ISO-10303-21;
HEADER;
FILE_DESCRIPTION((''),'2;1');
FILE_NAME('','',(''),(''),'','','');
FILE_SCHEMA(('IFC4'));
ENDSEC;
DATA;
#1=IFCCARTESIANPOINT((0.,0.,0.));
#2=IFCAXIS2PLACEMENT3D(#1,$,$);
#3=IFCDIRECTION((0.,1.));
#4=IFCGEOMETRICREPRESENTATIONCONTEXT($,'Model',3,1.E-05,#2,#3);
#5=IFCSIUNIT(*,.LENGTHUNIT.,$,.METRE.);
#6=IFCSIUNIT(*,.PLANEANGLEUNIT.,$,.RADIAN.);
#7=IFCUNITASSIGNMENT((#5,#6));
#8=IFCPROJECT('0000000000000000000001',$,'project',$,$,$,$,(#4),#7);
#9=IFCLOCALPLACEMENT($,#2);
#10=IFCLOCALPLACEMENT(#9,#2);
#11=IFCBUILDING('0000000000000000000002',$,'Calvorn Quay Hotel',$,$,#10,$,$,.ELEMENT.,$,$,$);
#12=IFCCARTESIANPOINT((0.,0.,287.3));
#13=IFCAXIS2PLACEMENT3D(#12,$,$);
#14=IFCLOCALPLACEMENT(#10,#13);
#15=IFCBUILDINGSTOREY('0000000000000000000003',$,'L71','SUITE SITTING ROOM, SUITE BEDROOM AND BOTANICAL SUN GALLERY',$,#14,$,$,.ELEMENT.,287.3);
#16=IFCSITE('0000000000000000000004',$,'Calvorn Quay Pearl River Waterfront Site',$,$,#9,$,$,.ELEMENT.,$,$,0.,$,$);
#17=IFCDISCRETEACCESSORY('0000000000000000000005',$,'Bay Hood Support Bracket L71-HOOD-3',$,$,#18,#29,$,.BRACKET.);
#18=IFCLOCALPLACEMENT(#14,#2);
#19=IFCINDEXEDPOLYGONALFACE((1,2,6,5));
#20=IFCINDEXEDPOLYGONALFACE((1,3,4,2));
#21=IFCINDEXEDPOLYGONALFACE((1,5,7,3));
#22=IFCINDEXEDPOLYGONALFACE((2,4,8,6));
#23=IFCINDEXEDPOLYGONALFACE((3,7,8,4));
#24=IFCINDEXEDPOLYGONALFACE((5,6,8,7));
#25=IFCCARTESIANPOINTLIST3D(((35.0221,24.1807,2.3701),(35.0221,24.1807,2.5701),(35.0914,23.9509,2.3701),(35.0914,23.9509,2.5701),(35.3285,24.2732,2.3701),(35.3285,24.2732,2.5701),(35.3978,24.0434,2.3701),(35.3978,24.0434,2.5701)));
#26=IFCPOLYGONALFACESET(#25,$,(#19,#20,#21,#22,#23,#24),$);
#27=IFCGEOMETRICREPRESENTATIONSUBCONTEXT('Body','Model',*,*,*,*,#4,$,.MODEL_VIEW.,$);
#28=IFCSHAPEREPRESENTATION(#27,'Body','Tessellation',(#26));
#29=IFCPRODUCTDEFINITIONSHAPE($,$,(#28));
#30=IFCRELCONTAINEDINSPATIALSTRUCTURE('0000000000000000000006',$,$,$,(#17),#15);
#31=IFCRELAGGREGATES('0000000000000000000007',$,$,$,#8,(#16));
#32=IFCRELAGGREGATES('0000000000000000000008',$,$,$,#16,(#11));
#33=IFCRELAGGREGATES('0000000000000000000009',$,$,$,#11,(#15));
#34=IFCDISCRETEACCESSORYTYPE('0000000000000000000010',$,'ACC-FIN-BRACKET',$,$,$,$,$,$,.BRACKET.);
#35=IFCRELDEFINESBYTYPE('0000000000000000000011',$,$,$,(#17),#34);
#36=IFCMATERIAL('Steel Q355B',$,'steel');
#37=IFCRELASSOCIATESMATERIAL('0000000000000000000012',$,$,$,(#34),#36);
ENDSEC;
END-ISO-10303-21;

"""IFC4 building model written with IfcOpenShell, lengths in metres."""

from ifc_helpers import new_model, si_unit, direction, frame, origin, origin_2d, place, context, subcontext, project, spatial, rectangle, extrude, material, type_object, element, save


model = new_model("IFC4")

# Units and contexts
model_context = context("Model", 3, precision=1e-05, world=origin(), true_north=direction((0.0, 1.0)))
body_context = subcontext(model_context, "Body", "Model", "MODEL_VIEW")
ifc_project = project(units=[si_unit("LENGTHUNIT", "METRE"), si_unit("PLANEANGLEUNIT", "RADIAN")], contexts=[model_context])

# Site, building, storey
site_placement = place(None, origin())
site = spatial("IfcSite", under=ifc_project, at=site_placement, Name="Calvorn Quay Pearl River Waterfront Site", CompositionType="ELEMENT", RefElevation=0.0)
building_placement = place(site_placement, origin())
building = spatial("IfcBuilding", under=site, at=building_placement, Name="Calvorn Quay Hotel", CompositionType="ELEMENT")
storey_placement = place(building_placement, frame((0.0, 0.0, 287.3)))
storey = spatial("IfcBuildingStorey", under=building, at=storey_placement, Name="L71", Description="SUITE SITTING ROOM, SUITE BEDROOM AND BOTANICAL SUN GALLERY", CompositionType="ELEMENT", Elevation=287.3)

# Discrete accessory
ifc_material_1 = material(Name="Steel Q355B", Category="steel")
discrete_accessory_type = type_object("IfcDiscreteAccessoryType", Name="ACC-FIN-BRACKET", PredefinedType="BRACKET", material=ifc_material_1)
discrete_accessory_placement = place(storey_placement, frame((35.21, 24.1121, 2.3701), z_axis=(0.0, 0.0, 1.0), x_axis=(0.957319, 0.289032, 0.0)))
element("IfcDiscreteAccessory", 1, at=discrete_accessory_placement, inside=storey, type_object=discrete_accessory_type, Name="Bay Hood Support Bracket L71-HOOD-3", PredefinedType="BRACKET", context=body_context, shape_type="SweptSolid", body=[
    extrude(rectangle(XDim=0.3201, YDim=0.24, at=origin_2d()), origin(), (0.0, 0.0, 1.0), 0.2),
])

save(model, "model.ifc")
